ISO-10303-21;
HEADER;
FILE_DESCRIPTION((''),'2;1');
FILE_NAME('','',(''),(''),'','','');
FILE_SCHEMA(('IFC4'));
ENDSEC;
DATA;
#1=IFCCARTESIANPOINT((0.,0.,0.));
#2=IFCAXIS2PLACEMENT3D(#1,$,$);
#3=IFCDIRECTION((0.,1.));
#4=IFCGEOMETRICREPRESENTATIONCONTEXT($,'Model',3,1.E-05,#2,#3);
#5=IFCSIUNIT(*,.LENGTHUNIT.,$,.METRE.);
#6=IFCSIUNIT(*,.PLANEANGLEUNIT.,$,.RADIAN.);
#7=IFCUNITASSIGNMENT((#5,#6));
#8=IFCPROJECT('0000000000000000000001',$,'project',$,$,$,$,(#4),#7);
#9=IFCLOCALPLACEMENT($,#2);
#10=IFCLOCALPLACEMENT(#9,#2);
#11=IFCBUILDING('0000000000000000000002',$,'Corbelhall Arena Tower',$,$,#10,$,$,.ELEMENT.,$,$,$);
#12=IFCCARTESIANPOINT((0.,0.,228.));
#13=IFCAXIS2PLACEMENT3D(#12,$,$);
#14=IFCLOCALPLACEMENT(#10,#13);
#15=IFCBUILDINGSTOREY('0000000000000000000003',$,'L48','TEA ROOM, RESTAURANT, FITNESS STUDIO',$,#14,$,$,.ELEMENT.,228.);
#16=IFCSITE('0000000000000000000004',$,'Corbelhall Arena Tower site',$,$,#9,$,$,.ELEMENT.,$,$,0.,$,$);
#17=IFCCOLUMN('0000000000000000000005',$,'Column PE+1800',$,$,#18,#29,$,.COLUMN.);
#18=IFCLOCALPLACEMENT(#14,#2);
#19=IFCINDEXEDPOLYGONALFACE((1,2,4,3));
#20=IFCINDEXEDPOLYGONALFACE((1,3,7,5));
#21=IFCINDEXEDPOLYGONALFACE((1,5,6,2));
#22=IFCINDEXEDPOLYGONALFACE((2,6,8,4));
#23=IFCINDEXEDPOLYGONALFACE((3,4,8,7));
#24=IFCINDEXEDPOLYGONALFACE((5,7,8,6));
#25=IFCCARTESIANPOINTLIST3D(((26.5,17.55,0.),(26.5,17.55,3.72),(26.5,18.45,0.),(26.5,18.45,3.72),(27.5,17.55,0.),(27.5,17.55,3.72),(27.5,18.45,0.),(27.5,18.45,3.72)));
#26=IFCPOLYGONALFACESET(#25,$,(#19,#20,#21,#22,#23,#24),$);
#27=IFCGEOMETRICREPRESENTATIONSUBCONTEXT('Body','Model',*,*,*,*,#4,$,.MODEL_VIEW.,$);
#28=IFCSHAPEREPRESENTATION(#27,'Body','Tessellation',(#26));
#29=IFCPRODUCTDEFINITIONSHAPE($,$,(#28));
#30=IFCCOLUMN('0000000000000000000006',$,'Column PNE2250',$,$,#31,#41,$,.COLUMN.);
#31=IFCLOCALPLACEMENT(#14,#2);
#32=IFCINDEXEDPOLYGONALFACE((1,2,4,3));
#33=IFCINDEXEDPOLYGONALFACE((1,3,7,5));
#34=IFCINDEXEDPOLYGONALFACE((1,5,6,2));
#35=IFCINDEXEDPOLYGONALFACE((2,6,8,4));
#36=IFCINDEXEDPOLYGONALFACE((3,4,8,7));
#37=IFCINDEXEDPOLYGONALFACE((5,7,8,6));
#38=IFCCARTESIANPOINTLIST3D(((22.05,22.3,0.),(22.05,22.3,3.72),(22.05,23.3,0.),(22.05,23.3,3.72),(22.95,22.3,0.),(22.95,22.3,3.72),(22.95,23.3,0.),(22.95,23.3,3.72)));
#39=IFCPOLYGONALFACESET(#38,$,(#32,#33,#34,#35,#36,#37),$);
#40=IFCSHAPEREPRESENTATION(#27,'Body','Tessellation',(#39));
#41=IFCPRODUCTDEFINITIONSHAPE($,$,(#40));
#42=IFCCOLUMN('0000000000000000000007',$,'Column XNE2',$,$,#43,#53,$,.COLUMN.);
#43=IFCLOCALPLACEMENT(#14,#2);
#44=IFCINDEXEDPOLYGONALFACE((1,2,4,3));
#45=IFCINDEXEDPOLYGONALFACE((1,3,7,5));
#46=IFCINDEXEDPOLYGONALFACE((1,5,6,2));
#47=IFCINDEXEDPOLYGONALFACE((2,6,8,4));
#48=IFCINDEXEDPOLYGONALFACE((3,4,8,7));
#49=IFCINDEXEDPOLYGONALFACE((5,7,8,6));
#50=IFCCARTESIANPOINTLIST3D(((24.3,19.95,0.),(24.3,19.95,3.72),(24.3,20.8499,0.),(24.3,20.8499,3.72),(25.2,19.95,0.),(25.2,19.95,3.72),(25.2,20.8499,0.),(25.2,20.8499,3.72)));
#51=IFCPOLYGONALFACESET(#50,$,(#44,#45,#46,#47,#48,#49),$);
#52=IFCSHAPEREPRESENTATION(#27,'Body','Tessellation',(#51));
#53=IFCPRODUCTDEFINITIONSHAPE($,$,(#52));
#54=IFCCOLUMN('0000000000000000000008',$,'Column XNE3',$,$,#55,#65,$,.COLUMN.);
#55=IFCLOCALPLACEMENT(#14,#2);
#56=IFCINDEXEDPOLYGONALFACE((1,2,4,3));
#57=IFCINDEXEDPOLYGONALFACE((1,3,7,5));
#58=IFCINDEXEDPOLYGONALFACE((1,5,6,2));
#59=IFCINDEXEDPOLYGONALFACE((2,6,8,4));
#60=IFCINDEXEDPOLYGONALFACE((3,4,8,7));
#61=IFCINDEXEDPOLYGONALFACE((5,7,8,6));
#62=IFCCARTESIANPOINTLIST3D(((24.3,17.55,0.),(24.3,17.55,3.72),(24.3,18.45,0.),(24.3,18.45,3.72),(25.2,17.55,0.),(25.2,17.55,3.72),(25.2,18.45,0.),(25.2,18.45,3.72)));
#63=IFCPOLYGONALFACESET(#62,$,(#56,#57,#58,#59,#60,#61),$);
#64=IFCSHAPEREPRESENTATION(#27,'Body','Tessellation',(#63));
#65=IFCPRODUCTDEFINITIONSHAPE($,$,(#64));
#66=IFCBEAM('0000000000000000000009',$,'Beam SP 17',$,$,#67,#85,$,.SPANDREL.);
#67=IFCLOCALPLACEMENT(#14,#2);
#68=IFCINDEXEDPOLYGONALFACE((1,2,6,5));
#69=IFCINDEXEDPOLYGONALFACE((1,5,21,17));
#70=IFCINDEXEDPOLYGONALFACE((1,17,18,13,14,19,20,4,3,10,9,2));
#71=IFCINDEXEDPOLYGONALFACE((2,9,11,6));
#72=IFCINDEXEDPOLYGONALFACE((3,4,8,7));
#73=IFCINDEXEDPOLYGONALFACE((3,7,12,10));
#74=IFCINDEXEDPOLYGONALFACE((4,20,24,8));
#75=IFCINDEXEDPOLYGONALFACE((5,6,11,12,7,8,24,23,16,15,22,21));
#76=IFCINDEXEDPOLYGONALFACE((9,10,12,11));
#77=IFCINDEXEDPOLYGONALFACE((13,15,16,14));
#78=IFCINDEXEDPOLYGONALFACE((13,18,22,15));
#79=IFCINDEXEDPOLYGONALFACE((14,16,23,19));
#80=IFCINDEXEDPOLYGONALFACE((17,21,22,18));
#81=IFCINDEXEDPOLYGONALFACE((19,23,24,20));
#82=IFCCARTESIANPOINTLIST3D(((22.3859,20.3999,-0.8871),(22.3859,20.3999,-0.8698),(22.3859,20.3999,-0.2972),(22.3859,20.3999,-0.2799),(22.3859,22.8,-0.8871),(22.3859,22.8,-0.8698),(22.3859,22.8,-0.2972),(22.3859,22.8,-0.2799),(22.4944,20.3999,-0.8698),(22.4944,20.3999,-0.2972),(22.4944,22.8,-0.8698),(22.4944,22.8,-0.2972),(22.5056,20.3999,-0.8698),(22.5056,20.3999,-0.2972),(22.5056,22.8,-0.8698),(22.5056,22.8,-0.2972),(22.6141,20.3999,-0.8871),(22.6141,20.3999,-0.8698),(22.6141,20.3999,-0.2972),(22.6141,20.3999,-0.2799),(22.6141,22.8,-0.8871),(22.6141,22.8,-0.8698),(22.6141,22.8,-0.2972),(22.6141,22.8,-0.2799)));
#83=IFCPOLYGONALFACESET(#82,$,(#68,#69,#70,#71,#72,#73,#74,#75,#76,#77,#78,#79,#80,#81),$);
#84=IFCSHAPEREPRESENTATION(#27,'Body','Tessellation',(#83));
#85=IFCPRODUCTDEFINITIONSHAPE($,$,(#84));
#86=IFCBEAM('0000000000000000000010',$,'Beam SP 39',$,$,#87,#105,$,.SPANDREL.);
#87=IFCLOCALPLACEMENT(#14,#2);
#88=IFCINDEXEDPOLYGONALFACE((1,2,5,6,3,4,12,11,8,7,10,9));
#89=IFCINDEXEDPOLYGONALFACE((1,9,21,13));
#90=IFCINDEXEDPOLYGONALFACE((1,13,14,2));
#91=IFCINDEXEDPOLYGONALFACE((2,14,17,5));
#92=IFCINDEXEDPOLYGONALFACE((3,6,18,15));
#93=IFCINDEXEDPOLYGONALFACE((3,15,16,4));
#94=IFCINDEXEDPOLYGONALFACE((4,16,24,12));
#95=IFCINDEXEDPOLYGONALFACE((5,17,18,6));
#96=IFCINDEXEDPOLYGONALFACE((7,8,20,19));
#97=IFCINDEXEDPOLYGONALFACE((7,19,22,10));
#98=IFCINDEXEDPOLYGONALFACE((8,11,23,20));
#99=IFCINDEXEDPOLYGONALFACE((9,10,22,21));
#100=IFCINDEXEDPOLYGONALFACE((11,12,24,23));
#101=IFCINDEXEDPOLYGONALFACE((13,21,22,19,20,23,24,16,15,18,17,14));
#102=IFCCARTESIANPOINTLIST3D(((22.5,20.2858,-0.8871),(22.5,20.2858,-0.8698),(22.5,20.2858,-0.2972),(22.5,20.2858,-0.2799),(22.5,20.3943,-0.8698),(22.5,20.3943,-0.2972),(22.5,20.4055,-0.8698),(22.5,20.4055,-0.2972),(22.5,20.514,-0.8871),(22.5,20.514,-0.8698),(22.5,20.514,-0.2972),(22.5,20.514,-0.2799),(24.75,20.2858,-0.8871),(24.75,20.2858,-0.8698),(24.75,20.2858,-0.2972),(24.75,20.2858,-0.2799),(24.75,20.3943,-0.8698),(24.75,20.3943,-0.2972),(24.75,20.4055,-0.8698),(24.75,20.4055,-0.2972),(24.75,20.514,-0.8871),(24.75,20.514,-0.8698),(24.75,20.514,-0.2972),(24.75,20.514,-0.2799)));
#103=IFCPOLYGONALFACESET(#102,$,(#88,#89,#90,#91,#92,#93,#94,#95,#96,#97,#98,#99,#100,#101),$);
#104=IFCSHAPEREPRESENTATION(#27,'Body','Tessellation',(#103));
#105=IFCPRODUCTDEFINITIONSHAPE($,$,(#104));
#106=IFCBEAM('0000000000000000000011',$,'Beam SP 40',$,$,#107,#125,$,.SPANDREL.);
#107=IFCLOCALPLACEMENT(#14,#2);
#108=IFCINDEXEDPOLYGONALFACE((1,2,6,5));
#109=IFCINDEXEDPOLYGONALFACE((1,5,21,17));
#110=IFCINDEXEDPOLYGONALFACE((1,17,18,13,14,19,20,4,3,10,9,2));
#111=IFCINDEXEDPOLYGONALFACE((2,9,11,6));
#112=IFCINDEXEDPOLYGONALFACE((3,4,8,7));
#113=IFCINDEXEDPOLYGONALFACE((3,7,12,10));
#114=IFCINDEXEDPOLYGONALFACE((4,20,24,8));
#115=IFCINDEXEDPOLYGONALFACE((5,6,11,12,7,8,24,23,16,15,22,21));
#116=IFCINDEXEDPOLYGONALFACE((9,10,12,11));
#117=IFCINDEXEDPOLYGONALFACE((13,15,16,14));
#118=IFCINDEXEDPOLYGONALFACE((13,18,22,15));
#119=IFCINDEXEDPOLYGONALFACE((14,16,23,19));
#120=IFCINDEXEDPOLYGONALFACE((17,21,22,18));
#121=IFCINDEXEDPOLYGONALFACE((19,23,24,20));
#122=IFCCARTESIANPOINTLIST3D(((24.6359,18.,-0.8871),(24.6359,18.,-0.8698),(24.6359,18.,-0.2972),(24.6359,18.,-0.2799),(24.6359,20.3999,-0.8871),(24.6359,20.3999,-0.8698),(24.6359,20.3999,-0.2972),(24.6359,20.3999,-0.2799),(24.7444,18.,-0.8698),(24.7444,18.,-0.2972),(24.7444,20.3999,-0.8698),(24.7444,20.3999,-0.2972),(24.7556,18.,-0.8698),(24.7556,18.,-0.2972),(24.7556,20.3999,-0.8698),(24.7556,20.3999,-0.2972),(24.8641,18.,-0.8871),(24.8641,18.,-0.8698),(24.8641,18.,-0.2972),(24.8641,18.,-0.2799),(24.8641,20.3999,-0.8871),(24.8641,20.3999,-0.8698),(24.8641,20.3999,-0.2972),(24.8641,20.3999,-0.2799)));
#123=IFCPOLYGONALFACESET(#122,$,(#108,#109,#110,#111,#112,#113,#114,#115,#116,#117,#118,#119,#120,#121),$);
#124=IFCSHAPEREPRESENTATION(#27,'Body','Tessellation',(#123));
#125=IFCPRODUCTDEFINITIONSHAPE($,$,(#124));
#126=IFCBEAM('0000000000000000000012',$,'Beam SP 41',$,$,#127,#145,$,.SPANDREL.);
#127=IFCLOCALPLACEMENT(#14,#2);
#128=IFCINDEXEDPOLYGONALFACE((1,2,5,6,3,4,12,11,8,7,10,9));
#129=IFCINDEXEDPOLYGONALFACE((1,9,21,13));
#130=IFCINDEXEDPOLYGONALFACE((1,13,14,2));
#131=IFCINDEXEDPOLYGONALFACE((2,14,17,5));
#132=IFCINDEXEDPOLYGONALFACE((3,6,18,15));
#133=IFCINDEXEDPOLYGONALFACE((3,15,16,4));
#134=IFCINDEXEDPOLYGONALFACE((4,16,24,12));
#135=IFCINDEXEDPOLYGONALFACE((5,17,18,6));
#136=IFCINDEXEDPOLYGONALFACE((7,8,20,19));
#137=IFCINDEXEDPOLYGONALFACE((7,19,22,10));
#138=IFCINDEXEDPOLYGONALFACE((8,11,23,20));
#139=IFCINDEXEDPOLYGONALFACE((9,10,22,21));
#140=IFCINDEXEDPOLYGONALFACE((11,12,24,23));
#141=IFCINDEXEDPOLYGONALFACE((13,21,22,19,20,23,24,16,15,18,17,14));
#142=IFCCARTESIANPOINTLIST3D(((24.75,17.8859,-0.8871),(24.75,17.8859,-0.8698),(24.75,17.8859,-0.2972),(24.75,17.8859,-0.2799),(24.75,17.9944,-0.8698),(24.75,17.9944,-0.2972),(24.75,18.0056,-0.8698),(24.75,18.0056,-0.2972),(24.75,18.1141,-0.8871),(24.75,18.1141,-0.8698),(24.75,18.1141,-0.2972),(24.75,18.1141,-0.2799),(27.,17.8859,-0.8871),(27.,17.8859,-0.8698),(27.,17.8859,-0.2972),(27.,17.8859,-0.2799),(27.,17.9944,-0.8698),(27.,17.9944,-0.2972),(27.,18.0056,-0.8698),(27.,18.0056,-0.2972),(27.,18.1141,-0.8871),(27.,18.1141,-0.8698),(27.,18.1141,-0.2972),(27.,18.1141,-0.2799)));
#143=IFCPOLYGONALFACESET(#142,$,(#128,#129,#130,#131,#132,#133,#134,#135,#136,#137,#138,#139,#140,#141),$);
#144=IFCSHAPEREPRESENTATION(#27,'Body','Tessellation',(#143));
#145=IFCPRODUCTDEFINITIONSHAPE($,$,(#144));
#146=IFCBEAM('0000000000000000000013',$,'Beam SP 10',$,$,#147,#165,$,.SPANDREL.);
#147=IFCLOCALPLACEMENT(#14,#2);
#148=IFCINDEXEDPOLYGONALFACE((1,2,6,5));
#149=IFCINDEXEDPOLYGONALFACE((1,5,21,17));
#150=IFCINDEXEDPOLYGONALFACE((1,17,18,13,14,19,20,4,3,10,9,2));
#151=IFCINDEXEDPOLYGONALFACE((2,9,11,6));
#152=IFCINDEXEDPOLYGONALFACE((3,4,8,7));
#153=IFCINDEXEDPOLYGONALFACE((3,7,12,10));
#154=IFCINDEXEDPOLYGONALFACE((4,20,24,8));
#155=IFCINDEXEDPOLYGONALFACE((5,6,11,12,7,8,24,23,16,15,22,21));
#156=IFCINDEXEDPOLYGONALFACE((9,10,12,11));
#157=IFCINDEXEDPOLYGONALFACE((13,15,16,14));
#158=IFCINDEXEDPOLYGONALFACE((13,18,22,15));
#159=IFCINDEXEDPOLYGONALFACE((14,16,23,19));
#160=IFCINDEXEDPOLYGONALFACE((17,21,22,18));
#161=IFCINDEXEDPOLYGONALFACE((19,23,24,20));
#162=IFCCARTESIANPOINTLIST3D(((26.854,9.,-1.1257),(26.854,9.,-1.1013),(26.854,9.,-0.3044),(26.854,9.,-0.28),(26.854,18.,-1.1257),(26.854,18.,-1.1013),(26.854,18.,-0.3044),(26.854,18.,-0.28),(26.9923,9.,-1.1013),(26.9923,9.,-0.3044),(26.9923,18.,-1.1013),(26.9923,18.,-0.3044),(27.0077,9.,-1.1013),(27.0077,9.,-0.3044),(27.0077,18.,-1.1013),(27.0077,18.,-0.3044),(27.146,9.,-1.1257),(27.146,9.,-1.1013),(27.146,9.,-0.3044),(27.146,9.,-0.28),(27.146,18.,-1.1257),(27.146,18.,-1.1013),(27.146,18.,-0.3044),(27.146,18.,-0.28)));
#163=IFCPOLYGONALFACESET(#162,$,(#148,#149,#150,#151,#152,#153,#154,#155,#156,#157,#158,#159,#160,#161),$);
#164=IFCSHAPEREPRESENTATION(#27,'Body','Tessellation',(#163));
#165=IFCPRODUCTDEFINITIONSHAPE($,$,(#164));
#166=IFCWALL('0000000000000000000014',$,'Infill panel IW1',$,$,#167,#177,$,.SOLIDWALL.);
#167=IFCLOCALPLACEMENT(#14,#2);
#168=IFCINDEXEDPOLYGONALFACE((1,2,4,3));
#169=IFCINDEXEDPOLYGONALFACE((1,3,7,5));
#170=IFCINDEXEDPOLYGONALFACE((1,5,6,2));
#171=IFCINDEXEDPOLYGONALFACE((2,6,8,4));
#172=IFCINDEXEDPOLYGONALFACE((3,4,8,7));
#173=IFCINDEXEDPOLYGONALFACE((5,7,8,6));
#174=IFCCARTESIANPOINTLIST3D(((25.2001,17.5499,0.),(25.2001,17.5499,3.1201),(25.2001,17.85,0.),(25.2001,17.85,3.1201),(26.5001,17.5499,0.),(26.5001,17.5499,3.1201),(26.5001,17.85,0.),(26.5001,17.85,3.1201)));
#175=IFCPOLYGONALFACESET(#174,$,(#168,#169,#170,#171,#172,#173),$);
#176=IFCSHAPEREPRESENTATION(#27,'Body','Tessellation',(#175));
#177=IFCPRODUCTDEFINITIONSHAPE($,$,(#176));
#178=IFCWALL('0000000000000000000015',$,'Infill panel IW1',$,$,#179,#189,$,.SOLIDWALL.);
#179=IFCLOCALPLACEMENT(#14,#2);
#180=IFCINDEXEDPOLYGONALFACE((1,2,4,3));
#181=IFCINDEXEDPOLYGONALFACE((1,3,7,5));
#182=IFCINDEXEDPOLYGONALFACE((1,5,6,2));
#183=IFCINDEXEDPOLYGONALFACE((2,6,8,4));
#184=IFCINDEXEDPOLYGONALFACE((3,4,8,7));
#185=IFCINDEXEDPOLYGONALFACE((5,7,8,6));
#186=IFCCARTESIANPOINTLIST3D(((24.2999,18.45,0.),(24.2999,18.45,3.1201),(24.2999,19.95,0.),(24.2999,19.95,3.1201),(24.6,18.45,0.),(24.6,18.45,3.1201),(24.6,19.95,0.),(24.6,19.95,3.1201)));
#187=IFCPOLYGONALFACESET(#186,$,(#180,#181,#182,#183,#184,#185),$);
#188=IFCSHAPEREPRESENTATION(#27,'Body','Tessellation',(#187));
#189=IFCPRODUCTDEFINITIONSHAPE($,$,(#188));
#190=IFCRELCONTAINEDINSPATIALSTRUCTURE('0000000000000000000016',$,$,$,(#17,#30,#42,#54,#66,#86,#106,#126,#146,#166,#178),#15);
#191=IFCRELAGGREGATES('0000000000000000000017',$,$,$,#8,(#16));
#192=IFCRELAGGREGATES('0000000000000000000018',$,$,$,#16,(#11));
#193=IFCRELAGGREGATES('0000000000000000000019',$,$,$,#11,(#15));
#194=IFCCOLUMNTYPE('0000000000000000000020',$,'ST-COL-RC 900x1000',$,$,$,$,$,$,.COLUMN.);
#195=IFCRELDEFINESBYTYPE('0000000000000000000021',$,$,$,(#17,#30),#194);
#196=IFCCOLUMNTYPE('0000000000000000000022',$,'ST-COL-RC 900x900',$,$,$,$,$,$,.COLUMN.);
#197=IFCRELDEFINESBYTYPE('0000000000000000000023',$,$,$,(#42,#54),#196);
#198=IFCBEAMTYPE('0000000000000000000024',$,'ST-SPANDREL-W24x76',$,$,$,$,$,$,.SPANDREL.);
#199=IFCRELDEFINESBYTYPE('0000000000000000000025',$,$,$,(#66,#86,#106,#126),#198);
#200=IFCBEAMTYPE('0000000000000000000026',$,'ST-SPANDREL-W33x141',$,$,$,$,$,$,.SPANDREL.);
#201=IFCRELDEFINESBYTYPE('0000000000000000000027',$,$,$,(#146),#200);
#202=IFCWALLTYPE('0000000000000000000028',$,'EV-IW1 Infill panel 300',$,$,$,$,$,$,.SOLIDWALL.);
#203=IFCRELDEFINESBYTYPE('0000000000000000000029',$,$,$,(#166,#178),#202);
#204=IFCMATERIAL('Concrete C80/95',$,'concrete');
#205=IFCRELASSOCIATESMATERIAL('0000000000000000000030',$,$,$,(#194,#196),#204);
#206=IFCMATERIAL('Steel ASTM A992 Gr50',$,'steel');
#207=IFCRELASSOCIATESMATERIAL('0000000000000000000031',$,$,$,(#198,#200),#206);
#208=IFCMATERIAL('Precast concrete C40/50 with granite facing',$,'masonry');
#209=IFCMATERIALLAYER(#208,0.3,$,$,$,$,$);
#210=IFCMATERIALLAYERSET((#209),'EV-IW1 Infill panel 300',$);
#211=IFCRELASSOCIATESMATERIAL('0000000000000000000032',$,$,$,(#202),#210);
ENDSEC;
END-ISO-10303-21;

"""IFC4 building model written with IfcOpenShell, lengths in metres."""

from ifc_helpers import new_model, si_unit, direction, frame, frame_2d, origin, origin_2d, place, context, subcontext, project, spatial, rectangle, i_section, extrude, material, layer, layer_set, material_profile, profile_set, type_object, element, save


model = new_model("IFC4")

# Units and contexts
model_context = context("Model", 3, precision=1e-05, world=origin(), true_north=direction((0.0, 1.0)))
body_context = subcontext(model_context, "Body", "Model", "MODEL_VIEW")
ifc_project = project(units=[si_unit("LENGTHUNIT", "METRE"), si_unit("PLANEANGLEUNIT", "RADIAN")], contexts=[model_context])

# Site, building, storey
site_placement = place(None, origin())
site = spatial("IfcSite", under=ifc_project, at=site_placement, Name="Corbelhall Arena Tower site", CompositionType="ELEMENT", RefElevation=0.0)
building_placement = place(site_placement, origin())
building = spatial("IfcBuilding", under=site, at=building_placement, Name="Corbelhall Arena Tower", CompositionType="ELEMENT")
storey_placement = place(building_placement, frame((0.0, 0.0, 228.0)))
storey = spatial("IfcBuildingStorey", under=building, at=storey_placement, Name="L48", Description="TEA ROOM, RESTAURANT, FITNESS STUDIO", CompositionType="ELEMENT", Elevation=228.0)

# Columns
ifc_material_1 = material(Name="Concrete C80/95", Category="concrete")
ifc_material_profile_1 = material_profile(ifc_material_1, rectangle(XDim=0.8999, YDim=1.0, at=origin_2d()))
ifc_profile_set_1 = profile_set([ifc_material_profile_1], Name="Concrete C80/95")
column_type_1 = type_object("IfcColumnType", Name="ST-COL-RC 900x1000", PredefinedType="COLUMN", material=ifc_profile_set_1)
for number, where, z_axis, x_axis, name in (
    (1, (27.0, 18.0, 0.0), (0.0, 0.0, 1.0), (0.0, 1.0, 0.0), "Column PE+1800"),
    (2, (22.5, 22.8, 0.0), (0.0, 0.0, 1.0), (1.0, 0.0, 0.0), "Column PNE2250"),
):
    element("IfcColumn", number, at=place(storey_placement, frame(where, z_axis=z_axis, x_axis=x_axis)), inside=storey, type_object=column_type_1, Name=name, PredefinedType="COLUMN", context=body_context, shape_type="SweptSolid", body=[
        extrude(rectangle(XDim=0.8999, YDim=1.0, at=origin_2d()), origin(), (0.0, 0.0, 1.0), 3.72),
    ])
ifc_material_profile_2 = material_profile(ifc_material_1, rectangle(XDim=0.8999, YDim=0.8999, at=origin_2d()))
ifc_profile_set_2 = profile_set([ifc_material_profile_2], Name="Concrete C80/95")
column_type_2 = type_object("IfcColumnType", Name="ST-COL-RC 900x900", PredefinedType="COLUMN", material=ifc_profile_set_2)
for number, where, z_axis, x_axis, name in (
    (3, (24.75, 20.3999, 0.0), (0.0, 0.0, 1.0), (1.0, 0.0, 0.0), "Column XNE2"),
    (4, (24.75, 18.0, 0.0), (0.0, 0.0, 1.0), (1.0, 0.0, 0.0), "Column XNE3"),
):
    element("IfcColumn", number, at=place(storey_placement, frame(where, z_axis=z_axis, x_axis=x_axis)), inside=storey, type_object=column_type_2, Name=name, PredefinedType="COLUMN", context=body_context, shape_type="SweptSolid", body=[
        extrude(rectangle(XDim=0.8999, YDim=0.8999, at=origin_2d()), origin(), (0.0, 0.0, 1.0), 3.72),
    ])

# Beams
ifc_material_2 = material(Name="Steel ASTM A992 Gr50", Category="steel")
ifc_material_profile_3 = material_profile(ifc_material_2, i_section(OverallWidth=0.2283, OverallDepth=0.6072, WebThickness=0.0112, FlangeThickness=0.0173, at=origin_2d()))
ifc_profile_set_3 = profile_set([ifc_material_profile_3], Name="Steel ASTM A992 Gr50")
beam_type_1 = type_object("IfcBeamType", Name="ST-SPANDREL-W24x76", PredefinedType="SPANDREL", material=ifc_profile_set_3)
beam_1_placement = place(storey_placement, frame((22.5, 22.8, -0.5835), z_axis=(0.0, -1.0, 0.0), x_axis=(1.0, 0.0, 0.0)))
element("IfcBeam", 5, at=beam_1_placement, inside=storey, type_object=beam_type_1, Name="Beam SP 17", PredefinedType="SPANDREL", context=body_context, shape_type="SweptSolid", body=[
    extrude(i_section(OverallWidth=0.2283, OverallDepth=0.6072, WebThickness=0.0112, FlangeThickness=0.0173, at=origin_2d()), origin(), (0.0, 0.0, 1.0), 2.4001),
])
beam_2_placement = place(storey_placement, frame((22.5, 20.3999, -0.5835), z_axis=(1.0, 0.0, 0.0), x_axis=(0.0, 1.0, 0.0)))
element("IfcBeam", 6, at=beam_2_placement, inside=storey, type_object=beam_type_1, Name="Beam SP 39", PredefinedType="SPANDREL", context=body_context, shape_type="SweptSolid", body=[
    extrude(i_section(OverallWidth=0.2283, OverallDepth=0.6072, WebThickness=0.0112, FlangeThickness=0.0173, at=origin_2d()), origin(), (0.0, 0.0, 1.0), 2.25),
])
beam_3_placement = place(storey_placement, frame((24.75, 20.3999, -0.5835), z_axis=(0.0, -1.0, 0.0), x_axis=(1.0, 0.0, 0.0)))
element("IfcBeam", 7, at=beam_3_placement, inside=storey, type_object=beam_type_1, Name="Beam SP 40", PredefinedType="SPANDREL", context=body_context, shape_type="SweptSolid", body=[
    extrude(i_section(OverallWidth=0.2283, OverallDepth=0.6072, WebThickness=0.0112, FlangeThickness=0.0173, at=origin_2d()), origin(), (0.0, 0.0, 1.0), 2.3999),
])
beam_4_placement = place(storey_placement, frame((24.75, 18.0, -0.5835), z_axis=(1.0, 0.0, 0.0), x_axis=(0.0, 1.0, 0.0)))
element("IfcBeam", 8, at=beam_4_placement, inside=storey, type_object=beam_type_1, Name="Beam SP 41", PredefinedType="SPANDREL", context=body_context, shape_type="SweptSolid", body=[
    extrude(i_section(OverallWidth=0.2283, OverallDepth=0.6072, WebThickness=0.0112, FlangeThickness=0.0173, at=origin_2d()), origin(), (0.0, 0.0, 1.0), 2.25),
])
ifc_material_profile_4 = material_profile(ifc_material_2, i_section(OverallWidth=0.292, OverallDepth=0.8457, WebThickness=0.0154, FlangeThickness=0.0244, at=origin_2d()))
ifc_profile_set_4 = profile_set([ifc_material_profile_4], Name="Steel ASTM A992 Gr50")
beam_type_2 = type_object("IfcBeamType", Name="ST-SPANDREL-W33x141", PredefinedType="SPANDREL", material=ifc_profile_set_4)
beam_5_placement = place(storey_placement, frame((27.0, 18.0, -0.7029), z_axis=(0.0, -1.0, 0.0), x_axis=(1.0, 0.0, 0.0)))
element("IfcBeam", 9, at=beam_5_placement, inside=storey, type_object=beam_type_2, Name="Beam SP 10", PredefinedType="SPANDREL", context=body_context, shape_type="SweptSolid", body=[
    extrude(i_section(OverallWidth=0.292, OverallDepth=0.8457, WebThickness=0.0154, FlangeThickness=0.0244, at=origin_2d()), origin(), (0.0, 0.0, 1.0), 9.0),
])

# Walls
ifc_material_3 = material(Name="Precast concrete C40/50 with granite facing", Category="masonry")
ifc_layer = layer(ifc_material_3, 0.3)
ifc_layer_set = layer_set([ifc_layer], Name="EV-IW1 Infill panel 300")
wall_type = type_object("IfcWallType", Name="EV-IW1 Infill panel 300", PredefinedType="SOLIDWALL", material=ifc_layer_set)
wall_1_placement = place(storey_placement, frame((26.5, 17.7, 0.0), z_axis=(0.0, 0.0, 1.0), x_axis=(-1.0, 0.0, 0.0)))
element("IfcWall", 10, at=wall_1_placement, inside=storey, type_object=wall_type, Name="Infill panel IW1", PredefinedType="SOLIDWALL", context=body_context, shape_type="SweptSolid", body=[
    extrude(rectangle(XDim=1.3, YDim=0.3, at=frame_2d((0.6499, 0.0))), origin(), (0.0, 0.0, 1.0), 3.1201),
])
wall_2_placement = place(storey_placement, frame((24.45, 18.45, 0.0), z_axis=(0.0, 0.0, 1.0), x_axis=(0.0, 1.0, 0.0)))
element("IfcWall", 11, at=wall_2_placement, inside=storey, type_object=wall_type, Name="Infill panel IW1", PredefinedType="SOLIDWALL", context=body_context, shape_type="SweptSolid", body=[
    extrude(rectangle(XDim=1.5, YDim=0.3, at=frame_2d((0.75, 0.0))), origin(), (0.0, 0.0, 1.0), 3.1201),
])

save(model, "model.ifc")
